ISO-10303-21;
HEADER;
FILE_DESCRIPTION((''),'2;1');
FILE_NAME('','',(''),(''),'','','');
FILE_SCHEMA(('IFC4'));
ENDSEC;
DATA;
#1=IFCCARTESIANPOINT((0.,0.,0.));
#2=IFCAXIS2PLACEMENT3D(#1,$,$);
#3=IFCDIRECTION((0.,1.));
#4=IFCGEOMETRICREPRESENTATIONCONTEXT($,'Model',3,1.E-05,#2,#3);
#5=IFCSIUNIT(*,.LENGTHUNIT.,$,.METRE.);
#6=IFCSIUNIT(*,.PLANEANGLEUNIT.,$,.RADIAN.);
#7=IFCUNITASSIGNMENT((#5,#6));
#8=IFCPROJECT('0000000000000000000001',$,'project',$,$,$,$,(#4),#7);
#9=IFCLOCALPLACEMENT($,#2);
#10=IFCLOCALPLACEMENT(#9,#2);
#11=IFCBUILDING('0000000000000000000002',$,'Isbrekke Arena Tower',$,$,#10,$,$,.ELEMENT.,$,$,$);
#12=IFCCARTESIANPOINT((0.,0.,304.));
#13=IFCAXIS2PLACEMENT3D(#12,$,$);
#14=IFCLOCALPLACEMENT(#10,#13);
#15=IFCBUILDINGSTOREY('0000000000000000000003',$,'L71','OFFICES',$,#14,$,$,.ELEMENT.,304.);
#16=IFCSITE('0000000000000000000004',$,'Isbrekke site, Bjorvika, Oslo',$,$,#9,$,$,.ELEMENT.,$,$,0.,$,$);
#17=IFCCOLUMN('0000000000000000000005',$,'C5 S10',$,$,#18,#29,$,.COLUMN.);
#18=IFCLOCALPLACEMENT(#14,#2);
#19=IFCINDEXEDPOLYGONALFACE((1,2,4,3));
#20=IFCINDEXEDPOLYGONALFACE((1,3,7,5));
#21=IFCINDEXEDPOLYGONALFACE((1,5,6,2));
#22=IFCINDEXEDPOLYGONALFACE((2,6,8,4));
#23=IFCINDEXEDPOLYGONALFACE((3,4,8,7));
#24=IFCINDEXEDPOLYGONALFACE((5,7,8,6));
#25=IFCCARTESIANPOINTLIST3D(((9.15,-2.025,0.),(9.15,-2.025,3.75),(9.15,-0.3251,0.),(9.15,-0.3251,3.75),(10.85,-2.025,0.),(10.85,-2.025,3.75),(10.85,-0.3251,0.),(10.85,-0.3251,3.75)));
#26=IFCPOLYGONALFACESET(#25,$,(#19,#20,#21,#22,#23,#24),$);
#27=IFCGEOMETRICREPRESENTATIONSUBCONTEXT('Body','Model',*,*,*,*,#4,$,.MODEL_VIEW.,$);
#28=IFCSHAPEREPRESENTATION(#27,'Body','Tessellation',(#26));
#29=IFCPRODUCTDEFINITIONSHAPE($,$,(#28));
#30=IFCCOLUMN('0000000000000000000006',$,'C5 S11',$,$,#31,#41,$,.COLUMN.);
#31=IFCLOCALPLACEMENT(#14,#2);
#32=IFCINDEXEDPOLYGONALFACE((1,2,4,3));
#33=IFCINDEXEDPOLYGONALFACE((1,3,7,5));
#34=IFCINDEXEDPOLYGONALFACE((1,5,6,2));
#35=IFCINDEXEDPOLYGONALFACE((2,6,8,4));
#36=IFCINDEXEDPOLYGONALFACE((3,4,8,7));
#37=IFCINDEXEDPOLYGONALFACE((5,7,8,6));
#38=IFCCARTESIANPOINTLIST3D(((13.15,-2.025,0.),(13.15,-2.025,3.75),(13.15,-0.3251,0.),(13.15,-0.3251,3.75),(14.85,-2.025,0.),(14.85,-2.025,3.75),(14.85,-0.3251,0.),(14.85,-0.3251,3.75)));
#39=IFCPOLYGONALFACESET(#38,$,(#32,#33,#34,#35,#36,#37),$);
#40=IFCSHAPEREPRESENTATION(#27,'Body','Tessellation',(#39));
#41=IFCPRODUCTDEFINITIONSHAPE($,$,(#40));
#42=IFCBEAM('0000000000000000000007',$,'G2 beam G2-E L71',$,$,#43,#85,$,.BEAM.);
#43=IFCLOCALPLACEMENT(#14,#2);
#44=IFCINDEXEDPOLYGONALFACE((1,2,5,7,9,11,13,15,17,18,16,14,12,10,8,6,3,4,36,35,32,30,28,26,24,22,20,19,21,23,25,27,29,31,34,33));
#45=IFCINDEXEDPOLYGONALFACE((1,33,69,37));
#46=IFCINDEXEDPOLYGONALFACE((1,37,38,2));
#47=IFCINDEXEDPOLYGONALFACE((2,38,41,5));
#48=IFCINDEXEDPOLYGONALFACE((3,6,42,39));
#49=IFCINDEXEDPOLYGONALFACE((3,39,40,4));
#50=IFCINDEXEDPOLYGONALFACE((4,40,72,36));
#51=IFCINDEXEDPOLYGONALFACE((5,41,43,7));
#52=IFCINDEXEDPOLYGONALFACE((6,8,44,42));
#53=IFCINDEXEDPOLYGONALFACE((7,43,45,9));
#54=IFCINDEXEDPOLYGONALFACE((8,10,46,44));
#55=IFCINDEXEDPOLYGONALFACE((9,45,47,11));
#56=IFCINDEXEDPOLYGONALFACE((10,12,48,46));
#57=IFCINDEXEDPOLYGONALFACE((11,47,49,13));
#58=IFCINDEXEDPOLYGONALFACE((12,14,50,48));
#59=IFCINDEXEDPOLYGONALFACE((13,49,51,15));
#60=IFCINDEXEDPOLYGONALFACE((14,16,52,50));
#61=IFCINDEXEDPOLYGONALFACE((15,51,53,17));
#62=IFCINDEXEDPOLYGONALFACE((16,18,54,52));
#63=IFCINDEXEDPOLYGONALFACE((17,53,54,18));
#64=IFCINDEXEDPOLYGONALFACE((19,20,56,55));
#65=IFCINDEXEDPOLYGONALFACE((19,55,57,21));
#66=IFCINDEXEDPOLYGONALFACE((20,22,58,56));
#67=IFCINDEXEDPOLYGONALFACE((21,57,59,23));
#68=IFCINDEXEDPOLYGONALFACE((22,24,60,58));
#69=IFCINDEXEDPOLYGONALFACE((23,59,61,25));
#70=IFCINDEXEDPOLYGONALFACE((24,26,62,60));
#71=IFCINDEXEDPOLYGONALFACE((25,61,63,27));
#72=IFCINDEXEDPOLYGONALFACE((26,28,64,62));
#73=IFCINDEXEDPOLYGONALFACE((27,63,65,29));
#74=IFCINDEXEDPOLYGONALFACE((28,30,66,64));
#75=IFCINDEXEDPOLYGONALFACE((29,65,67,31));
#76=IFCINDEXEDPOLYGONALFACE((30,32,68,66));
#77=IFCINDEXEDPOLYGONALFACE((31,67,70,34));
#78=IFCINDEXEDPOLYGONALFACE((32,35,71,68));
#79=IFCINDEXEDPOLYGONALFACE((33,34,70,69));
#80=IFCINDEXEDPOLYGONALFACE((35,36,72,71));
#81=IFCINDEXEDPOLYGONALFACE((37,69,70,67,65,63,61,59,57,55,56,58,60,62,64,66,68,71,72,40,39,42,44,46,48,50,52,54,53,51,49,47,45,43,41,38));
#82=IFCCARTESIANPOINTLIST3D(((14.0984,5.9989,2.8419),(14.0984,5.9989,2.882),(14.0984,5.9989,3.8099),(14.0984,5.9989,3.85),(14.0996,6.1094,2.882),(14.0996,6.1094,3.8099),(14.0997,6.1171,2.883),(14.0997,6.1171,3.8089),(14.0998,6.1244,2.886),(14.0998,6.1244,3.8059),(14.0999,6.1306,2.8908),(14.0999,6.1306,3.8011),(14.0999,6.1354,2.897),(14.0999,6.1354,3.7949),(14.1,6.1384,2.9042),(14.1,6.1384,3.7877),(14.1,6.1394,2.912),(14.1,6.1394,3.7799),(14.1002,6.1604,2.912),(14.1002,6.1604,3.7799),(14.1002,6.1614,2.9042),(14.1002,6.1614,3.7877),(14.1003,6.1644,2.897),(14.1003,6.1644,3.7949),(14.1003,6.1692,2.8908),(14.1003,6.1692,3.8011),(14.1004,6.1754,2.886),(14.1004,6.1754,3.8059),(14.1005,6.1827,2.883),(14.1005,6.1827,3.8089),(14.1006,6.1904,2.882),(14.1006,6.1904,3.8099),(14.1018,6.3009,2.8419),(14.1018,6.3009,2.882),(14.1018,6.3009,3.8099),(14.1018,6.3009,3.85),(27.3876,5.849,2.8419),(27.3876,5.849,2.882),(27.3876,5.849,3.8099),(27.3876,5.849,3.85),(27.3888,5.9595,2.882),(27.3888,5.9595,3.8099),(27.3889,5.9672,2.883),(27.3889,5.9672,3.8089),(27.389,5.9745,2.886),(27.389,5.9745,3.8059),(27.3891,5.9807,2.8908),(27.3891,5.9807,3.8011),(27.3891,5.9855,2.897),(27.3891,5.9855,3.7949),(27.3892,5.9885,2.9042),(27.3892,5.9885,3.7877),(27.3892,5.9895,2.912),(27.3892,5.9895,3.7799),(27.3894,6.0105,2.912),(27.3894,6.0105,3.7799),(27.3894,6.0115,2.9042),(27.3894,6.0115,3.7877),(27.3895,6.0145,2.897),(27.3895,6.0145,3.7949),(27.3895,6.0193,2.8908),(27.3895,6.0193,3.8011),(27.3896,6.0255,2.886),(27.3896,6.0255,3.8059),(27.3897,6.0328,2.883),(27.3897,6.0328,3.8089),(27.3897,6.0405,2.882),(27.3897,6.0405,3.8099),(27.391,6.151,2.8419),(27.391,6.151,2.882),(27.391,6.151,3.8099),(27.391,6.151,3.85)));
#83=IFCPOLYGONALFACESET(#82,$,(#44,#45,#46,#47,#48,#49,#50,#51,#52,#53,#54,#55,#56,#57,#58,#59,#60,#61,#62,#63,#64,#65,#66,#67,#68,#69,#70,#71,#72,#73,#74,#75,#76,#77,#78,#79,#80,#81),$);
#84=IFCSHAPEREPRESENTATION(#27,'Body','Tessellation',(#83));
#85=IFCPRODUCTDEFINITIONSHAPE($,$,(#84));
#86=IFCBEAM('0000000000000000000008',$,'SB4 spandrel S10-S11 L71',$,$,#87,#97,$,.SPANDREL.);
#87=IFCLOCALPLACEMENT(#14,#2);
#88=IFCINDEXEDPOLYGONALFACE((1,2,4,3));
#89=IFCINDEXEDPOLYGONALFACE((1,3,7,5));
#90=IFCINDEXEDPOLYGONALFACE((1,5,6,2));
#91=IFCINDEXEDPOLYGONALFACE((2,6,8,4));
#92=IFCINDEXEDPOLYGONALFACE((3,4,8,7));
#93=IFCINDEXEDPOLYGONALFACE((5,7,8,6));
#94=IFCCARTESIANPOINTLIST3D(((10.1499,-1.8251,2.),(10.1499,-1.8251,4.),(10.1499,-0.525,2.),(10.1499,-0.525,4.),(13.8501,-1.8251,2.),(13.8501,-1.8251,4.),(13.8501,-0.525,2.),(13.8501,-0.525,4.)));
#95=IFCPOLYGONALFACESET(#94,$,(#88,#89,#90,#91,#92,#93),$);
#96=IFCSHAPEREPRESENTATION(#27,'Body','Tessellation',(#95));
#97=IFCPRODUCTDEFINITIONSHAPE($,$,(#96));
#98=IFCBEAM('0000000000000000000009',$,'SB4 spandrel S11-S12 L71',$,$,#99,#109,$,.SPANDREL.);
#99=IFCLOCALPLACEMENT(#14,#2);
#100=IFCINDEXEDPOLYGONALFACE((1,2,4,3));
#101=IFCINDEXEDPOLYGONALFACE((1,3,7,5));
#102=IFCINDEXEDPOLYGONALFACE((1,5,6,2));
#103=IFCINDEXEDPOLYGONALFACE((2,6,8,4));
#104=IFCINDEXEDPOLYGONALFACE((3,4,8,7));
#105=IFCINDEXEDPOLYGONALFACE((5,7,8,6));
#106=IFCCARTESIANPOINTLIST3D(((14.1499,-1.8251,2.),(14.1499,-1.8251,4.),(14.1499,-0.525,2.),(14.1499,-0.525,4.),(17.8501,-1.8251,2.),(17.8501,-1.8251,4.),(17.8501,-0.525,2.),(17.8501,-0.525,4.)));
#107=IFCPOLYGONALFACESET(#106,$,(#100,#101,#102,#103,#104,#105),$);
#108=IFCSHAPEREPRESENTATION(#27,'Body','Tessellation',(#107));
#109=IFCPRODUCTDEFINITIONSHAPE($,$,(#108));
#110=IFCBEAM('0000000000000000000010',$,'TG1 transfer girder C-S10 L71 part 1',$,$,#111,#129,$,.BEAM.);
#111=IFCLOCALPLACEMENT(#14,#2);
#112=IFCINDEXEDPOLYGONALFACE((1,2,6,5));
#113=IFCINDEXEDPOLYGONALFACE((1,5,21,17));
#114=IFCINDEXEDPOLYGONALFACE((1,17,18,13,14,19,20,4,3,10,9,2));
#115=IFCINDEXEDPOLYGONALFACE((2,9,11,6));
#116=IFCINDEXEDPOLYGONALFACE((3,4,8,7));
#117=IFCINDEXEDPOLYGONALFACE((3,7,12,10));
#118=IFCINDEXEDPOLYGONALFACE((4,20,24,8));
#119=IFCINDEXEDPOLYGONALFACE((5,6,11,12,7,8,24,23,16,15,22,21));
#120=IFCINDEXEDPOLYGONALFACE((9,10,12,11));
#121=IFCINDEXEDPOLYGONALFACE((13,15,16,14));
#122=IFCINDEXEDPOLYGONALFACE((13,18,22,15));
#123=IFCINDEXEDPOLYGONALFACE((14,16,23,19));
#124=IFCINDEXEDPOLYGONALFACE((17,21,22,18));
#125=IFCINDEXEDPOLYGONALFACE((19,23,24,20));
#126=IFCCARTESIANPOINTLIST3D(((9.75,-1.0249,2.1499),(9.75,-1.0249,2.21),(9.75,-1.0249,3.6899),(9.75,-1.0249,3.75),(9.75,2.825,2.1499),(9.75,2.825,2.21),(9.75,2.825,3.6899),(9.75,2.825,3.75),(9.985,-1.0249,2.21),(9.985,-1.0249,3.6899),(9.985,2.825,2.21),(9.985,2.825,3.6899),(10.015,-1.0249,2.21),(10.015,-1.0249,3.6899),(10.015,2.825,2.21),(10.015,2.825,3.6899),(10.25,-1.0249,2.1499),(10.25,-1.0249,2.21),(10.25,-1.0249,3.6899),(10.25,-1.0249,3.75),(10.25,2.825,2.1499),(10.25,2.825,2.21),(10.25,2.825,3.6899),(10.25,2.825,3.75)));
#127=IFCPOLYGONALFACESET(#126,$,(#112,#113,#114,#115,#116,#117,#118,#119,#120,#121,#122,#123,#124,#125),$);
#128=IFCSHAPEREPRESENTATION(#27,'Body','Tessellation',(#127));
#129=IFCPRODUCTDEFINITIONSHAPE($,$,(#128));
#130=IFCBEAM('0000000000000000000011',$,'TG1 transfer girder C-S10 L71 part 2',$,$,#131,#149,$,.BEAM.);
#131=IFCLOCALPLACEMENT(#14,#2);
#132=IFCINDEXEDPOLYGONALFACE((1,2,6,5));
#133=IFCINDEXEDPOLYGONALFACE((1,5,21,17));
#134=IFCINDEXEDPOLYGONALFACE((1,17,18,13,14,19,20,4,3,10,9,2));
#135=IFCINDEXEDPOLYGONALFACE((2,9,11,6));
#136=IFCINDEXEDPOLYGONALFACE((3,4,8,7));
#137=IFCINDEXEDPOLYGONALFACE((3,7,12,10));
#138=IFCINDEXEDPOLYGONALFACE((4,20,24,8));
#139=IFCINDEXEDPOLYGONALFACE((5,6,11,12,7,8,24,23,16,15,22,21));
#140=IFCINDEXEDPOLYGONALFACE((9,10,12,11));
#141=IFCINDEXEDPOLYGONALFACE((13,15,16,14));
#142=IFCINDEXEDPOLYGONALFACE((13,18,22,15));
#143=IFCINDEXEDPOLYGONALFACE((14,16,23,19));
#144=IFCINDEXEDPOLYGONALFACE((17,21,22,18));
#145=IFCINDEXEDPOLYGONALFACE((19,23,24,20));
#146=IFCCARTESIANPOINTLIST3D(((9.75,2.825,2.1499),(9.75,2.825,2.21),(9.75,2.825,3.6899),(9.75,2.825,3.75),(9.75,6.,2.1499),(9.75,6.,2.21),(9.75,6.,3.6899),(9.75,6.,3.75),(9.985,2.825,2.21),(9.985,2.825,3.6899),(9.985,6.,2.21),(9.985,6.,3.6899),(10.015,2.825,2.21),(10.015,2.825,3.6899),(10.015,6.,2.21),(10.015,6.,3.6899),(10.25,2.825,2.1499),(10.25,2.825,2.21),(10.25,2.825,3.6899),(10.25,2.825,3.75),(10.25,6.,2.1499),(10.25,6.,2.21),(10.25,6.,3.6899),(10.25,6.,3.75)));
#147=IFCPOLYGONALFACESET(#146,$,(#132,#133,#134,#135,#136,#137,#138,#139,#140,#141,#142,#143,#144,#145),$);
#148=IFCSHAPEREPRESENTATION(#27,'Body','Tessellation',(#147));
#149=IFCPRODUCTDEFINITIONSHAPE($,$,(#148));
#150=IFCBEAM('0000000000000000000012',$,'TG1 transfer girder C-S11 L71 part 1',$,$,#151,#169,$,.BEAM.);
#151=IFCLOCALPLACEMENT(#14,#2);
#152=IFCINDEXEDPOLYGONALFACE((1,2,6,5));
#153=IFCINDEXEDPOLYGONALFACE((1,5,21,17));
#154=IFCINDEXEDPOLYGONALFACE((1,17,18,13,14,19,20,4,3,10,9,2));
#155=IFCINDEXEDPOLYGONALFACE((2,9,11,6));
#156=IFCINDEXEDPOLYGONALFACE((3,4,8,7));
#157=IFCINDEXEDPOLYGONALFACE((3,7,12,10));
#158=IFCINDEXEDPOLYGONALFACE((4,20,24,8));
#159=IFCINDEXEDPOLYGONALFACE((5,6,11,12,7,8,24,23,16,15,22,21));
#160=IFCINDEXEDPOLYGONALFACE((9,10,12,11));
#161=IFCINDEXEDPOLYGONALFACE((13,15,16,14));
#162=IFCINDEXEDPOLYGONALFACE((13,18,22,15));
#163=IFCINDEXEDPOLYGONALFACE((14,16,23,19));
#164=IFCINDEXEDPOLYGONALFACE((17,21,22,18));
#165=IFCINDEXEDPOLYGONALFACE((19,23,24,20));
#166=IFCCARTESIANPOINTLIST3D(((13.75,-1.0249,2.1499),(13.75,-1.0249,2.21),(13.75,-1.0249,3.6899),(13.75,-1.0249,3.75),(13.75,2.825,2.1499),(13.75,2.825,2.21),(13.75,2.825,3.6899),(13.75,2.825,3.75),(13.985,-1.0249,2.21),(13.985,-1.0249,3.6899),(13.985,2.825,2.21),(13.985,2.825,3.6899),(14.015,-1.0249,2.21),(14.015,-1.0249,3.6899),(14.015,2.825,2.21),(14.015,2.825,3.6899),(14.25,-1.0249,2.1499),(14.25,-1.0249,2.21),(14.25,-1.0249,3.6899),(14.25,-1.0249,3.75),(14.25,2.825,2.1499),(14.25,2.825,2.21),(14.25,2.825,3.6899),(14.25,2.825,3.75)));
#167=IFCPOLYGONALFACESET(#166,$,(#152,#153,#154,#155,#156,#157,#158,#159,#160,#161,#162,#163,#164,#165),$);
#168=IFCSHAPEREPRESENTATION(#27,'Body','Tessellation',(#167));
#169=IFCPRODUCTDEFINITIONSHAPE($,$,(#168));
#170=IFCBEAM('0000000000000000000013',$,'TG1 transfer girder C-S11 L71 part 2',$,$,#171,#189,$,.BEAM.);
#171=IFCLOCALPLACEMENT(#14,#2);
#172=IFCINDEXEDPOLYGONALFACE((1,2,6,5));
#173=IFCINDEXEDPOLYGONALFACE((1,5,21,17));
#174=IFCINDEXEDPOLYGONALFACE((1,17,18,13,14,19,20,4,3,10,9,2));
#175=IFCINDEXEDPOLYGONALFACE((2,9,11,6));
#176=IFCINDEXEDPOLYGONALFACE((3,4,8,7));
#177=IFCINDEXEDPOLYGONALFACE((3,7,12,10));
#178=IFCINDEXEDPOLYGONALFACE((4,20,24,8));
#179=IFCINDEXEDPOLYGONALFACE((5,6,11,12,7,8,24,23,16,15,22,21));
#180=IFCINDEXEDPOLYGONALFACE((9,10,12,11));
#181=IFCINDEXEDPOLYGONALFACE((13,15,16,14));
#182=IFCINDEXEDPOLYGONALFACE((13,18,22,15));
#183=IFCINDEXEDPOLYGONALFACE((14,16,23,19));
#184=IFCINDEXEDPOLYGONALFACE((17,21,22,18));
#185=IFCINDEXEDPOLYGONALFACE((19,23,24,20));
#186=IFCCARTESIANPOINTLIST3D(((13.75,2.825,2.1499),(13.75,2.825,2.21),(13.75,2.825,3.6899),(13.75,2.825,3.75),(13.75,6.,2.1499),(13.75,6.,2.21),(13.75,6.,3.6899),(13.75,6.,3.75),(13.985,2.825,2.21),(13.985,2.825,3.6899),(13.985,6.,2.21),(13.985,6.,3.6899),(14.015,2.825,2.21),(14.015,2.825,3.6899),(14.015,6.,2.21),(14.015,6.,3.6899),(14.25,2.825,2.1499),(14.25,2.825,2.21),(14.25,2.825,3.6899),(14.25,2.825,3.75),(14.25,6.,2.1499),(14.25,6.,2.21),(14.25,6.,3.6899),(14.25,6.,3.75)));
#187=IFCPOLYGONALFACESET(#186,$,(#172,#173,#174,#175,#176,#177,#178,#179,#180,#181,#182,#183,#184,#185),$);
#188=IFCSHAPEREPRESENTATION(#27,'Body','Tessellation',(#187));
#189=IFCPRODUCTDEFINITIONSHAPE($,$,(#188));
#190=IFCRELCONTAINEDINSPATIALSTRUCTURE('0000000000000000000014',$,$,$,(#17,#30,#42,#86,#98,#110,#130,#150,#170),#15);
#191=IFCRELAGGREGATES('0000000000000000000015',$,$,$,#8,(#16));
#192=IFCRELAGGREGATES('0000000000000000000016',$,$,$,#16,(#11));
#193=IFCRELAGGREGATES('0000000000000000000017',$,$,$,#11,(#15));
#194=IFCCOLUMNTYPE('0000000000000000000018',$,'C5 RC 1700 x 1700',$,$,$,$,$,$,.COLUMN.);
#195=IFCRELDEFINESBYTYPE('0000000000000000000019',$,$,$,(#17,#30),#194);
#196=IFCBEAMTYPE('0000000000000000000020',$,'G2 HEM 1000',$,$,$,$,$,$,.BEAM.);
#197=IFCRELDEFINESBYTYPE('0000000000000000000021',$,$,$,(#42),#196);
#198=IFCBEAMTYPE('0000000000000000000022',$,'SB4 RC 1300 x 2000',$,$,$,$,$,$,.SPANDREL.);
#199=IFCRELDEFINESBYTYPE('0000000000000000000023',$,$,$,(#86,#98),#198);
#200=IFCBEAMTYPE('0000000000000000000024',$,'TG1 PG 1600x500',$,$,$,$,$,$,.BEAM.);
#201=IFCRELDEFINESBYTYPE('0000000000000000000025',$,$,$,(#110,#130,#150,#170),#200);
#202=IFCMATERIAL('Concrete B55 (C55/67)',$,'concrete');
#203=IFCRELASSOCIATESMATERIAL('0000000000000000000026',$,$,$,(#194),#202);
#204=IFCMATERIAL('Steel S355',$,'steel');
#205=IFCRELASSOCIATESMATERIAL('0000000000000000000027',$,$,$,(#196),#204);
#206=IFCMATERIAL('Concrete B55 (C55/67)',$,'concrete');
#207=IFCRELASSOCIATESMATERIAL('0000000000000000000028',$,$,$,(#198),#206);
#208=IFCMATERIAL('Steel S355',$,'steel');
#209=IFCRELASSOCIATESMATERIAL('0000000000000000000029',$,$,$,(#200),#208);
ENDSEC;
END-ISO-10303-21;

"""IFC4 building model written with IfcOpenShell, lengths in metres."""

from ifc_helpers import new_model, si_unit, direction, frame, origin, origin_2d, place, context, subcontext, project, spatial, rectangle, i_section, extrude, material, material_profile, profile_set, type_object, element, save


model = new_model("IFC4")

# Units and contexts
model_context = context("Model", 3, precision=1e-05, world=origin(), true_north=direction((0.0, 1.0)))
body_context = subcontext(model_context, "Body", "Model", "MODEL_VIEW")
ifc_project = project(units=[si_unit("LENGTHUNIT", "METRE"), si_unit("PLANEANGLEUNIT", "RADIAN")], contexts=[model_context])

# Site, building, storey
site_placement = place(None, origin())
site = spatial("IfcSite", under=ifc_project, at=site_placement, Name="Isbrekke site, Bjorvika, Oslo", CompositionType="ELEMENT", RefElevation=0.0)
building_placement = place(site_placement, origin())
building = spatial("IfcBuilding", under=site, at=building_placement, Name="Isbrekke Arena Tower", CompositionType="ELEMENT")
storey_placement = place(building_placement, frame((0.0, 0.0, 304.0)))
storey = spatial("IfcBuildingStorey", under=building, at=storey_placement, Name="L71", Description="OFFICES", CompositionType="ELEMENT", Elevation=304.0)

# Columns
ifc_material_1 = material(Name="Concrete B55 (C55/67)", Category="concrete")
ifc_material_profile_1 = material_profile(ifc_material_1, rectangle(XDim=1.7, YDim=1.7, at=origin_2d()), Name="RC 1700x1700")
ifc_profile_set_1 = profile_set([ifc_material_profile_1], Name="Concrete B55 (C55/67)")
column_type = type_object("IfcColumnType", Name="C5 RC 1700 x 1700", PredefinedType="COLUMN", material=ifc_profile_set_1)
for number, where, z_axis, x_axis, name in (
    (1, (10.0, -1.175, 0.0), (0.0, 0.0, 1.0), (1.0, 0.0, 0.0), "C5 S10"),
    (2, (14.0, -1.175, 0.0), (0.0, 0.0, 1.0), (1.0, 0.0, 0.0), "C5 S11"),
):
    element("IfcColumn", number, at=place(storey_placement, frame(where, z_axis=z_axis, x_axis=x_axis)), inside=storey, type_object=column_type, Name=name, PredefinedType="COLUMN", context=body_context, shape_type="SweptSolid", body=[
        extrude(rectangle(XDim=1.7, YDim=1.7, at=origin_2d()), origin(), (0.0, 0.0, 1.0), 3.75),
    ])

# Beams
ifc_material_2 = material(Name="Steel S355", Category="steel")
ifc_material_profile_2 = material_profile(ifc_material_2, i_section(OverallWidth=0.302, OverallDepth=1.0081, WebThickness=0.021, FlangeThickness=0.04, FilletRadius=0.03, at=origin_2d()), Name="HEM 1000")
ifc_profile_set_2 = profile_set([ifc_material_profile_2], Name="Steel S355")
beam_type_1 = type_object("IfcBeamType", Name="G2 HEM 1000", PredefinedType="BEAM", material=ifc_profile_set_2)
beam_1_placement = place(storey_placement, frame((14.1001, 6.1499, 3.3459), z_axis=(0.999936, -0.011279, 0.0), x_axis=(0.011279, 0.999936, 0.0)))
element("IfcBeam", 3, at=beam_1_placement, inside=storey, type_object=beam_type_1, Name="G2 beam G2-E L71", PredefinedType="BEAM", context=body_context, shape_type="SweptSolid", body=[
    extrude(i_section(OverallWidth=0.302, OverallDepth=1.0081, WebThickness=0.021, FlangeThickness=0.04, FilletRadius=0.03, at=origin_2d()), origin(), (0.0, 0.0, 1.0), 13.29),
])
ifc_material_3 = material(Name="Concrete B55 (C55/67)", Category="concrete")
ifc_material_profile_3 = material_profile(ifc_material_3, rectangle(XDim=1.3, YDim=2.0, at=origin_2d()), Name="RC 1300x2000")
ifc_profile_set_3 = profile_set([ifc_material_profile_3], Name="Concrete B55 (C55/67)")
beam_type_2 = type_object("IfcBeamType", Name="SB4 RC 1300 x 2000", PredefinedType="SPANDREL", material=ifc_profile_set_3)
for number, where, z_axis, x_axis, name in (
    (4, (10.1499, -1.175, 3.0), (1.0, 0.0, 0.0), (0.0, 1.0, 0.0), "SB4 spandrel S10-S11 L71"),
    (5, (14.1499, -1.175, 3.0), (1.0, 0.0, 0.0), (0.0, 1.0, 0.0), "SB4 spandrel S11-S12 L71"),
):
    element("IfcBeam", number, at=place(storey_placement, frame(where, z_axis=z_axis, x_axis=x_axis)), inside=storey, type_object=beam_type_2, Name=name, PredefinedType="SPANDREL", context=body_context, shape_type="SweptSolid", body=[
        extrude(rectangle(XDim=1.3, YDim=2.0, at=origin_2d()), origin(), (0.0, 0.0, 1.0), 3.7002),
    ])
ifc_material_4 = material(Name="Steel S355", Category="steel")
ifc_material_profile_4 = material_profile(ifc_material_4, i_section(OverallWidth=0.5, OverallDepth=1.6001, WebThickness=0.03, FlangeThickness=0.0601, at=origin_2d()), Name="PG 1600x500")
ifc_profile_set_4 = profile_set([ifc_material_profile_4], Name="Steel S355")
beam_type_3 = type_object("IfcBeamType", Name="TG1 PG 1600x500", PredefinedType="BEAM", material=ifc_profile_set_4)
beam_2_placement = place(storey_placement, frame((10.0, -1.0249, 2.95), z_axis=(0.0, 1.0, 0.0), x_axis=(-1.0, 0.0, 0.0)))
element("IfcBeam", 6, at=beam_2_placement, inside=storey, type_object=beam_type_3, Name="TG1 transfer girder C-S10 L71 part 1", PredefinedType="BEAM", context=body_context, shape_type="SweptSolid", body=[
    extrude(i_section(OverallWidth=0.5, OverallDepth=1.6001, WebThickness=0.03, FlangeThickness=0.0601, at=origin_2d()), origin(), (0.0, 0.0, 1.0), 3.8499),
])
beam_3_placement = place(storey_placement, frame((10.0, 2.825, 2.95), z_axis=(0.0, 1.0, 0.0), x_axis=(-1.0, 0.0, 0.0)))
element("IfcBeam", 7, at=beam_3_placement, inside=storey, type_object=beam_type_3, Name="TG1 transfer girder C-S10 L71 part 2", PredefinedType="BEAM", context=body_context, shape_type="SweptSolid", body=[
    extrude(i_section(OverallWidth=0.5, OverallDepth=1.6001, WebThickness=0.03, FlangeThickness=0.0601, at=origin_2d()), origin(), (0.0, 0.0, 1.0), 3.175),
])
beam_4_placement = place(storey_placement, frame((14.0, -1.0249, 2.95), z_axis=(0.0, 1.0, 0.0), x_axis=(-1.0, 0.0, 0.0)))
element("IfcBeam", 8, at=beam_4_placement, inside=storey, type_object=beam_type_3, Name="TG1 transfer girder C-S11 L71 part 1", PredefinedType="BEAM", context=body_context, shape_type="SweptSolid", body=[
    extrude(i_section(OverallWidth=0.5, OverallDepth=1.6001, WebThickness=0.03, FlangeThickness=0.0601, at=origin_2d()), origin(), (0.0, 0.0, 1.0), 3.8499),
])
beam_5_placement = place(storey_placement, frame((14.0, 2.825, 2.95), z_axis=(0.0, 1.0, 0.0), x_axis=(-1.0, 0.0, 0.0)))
element("IfcBeam", 9, at=beam_5_placement, inside=storey, type_object=beam_type_3, Name="TG1 transfer girder C-S11 L71 part 2", PredefinedType="BEAM", context=body_context, shape_type="SweptSolid", body=[
    extrude(i_section(OverallWidth=0.5, OverallDepth=1.6001, WebThickness=0.03, FlangeThickness=0.0601, at=origin_2d()), origin(), (0.0, 0.0, 1.0), 3.175),
])

save(model, "model.ifc")
